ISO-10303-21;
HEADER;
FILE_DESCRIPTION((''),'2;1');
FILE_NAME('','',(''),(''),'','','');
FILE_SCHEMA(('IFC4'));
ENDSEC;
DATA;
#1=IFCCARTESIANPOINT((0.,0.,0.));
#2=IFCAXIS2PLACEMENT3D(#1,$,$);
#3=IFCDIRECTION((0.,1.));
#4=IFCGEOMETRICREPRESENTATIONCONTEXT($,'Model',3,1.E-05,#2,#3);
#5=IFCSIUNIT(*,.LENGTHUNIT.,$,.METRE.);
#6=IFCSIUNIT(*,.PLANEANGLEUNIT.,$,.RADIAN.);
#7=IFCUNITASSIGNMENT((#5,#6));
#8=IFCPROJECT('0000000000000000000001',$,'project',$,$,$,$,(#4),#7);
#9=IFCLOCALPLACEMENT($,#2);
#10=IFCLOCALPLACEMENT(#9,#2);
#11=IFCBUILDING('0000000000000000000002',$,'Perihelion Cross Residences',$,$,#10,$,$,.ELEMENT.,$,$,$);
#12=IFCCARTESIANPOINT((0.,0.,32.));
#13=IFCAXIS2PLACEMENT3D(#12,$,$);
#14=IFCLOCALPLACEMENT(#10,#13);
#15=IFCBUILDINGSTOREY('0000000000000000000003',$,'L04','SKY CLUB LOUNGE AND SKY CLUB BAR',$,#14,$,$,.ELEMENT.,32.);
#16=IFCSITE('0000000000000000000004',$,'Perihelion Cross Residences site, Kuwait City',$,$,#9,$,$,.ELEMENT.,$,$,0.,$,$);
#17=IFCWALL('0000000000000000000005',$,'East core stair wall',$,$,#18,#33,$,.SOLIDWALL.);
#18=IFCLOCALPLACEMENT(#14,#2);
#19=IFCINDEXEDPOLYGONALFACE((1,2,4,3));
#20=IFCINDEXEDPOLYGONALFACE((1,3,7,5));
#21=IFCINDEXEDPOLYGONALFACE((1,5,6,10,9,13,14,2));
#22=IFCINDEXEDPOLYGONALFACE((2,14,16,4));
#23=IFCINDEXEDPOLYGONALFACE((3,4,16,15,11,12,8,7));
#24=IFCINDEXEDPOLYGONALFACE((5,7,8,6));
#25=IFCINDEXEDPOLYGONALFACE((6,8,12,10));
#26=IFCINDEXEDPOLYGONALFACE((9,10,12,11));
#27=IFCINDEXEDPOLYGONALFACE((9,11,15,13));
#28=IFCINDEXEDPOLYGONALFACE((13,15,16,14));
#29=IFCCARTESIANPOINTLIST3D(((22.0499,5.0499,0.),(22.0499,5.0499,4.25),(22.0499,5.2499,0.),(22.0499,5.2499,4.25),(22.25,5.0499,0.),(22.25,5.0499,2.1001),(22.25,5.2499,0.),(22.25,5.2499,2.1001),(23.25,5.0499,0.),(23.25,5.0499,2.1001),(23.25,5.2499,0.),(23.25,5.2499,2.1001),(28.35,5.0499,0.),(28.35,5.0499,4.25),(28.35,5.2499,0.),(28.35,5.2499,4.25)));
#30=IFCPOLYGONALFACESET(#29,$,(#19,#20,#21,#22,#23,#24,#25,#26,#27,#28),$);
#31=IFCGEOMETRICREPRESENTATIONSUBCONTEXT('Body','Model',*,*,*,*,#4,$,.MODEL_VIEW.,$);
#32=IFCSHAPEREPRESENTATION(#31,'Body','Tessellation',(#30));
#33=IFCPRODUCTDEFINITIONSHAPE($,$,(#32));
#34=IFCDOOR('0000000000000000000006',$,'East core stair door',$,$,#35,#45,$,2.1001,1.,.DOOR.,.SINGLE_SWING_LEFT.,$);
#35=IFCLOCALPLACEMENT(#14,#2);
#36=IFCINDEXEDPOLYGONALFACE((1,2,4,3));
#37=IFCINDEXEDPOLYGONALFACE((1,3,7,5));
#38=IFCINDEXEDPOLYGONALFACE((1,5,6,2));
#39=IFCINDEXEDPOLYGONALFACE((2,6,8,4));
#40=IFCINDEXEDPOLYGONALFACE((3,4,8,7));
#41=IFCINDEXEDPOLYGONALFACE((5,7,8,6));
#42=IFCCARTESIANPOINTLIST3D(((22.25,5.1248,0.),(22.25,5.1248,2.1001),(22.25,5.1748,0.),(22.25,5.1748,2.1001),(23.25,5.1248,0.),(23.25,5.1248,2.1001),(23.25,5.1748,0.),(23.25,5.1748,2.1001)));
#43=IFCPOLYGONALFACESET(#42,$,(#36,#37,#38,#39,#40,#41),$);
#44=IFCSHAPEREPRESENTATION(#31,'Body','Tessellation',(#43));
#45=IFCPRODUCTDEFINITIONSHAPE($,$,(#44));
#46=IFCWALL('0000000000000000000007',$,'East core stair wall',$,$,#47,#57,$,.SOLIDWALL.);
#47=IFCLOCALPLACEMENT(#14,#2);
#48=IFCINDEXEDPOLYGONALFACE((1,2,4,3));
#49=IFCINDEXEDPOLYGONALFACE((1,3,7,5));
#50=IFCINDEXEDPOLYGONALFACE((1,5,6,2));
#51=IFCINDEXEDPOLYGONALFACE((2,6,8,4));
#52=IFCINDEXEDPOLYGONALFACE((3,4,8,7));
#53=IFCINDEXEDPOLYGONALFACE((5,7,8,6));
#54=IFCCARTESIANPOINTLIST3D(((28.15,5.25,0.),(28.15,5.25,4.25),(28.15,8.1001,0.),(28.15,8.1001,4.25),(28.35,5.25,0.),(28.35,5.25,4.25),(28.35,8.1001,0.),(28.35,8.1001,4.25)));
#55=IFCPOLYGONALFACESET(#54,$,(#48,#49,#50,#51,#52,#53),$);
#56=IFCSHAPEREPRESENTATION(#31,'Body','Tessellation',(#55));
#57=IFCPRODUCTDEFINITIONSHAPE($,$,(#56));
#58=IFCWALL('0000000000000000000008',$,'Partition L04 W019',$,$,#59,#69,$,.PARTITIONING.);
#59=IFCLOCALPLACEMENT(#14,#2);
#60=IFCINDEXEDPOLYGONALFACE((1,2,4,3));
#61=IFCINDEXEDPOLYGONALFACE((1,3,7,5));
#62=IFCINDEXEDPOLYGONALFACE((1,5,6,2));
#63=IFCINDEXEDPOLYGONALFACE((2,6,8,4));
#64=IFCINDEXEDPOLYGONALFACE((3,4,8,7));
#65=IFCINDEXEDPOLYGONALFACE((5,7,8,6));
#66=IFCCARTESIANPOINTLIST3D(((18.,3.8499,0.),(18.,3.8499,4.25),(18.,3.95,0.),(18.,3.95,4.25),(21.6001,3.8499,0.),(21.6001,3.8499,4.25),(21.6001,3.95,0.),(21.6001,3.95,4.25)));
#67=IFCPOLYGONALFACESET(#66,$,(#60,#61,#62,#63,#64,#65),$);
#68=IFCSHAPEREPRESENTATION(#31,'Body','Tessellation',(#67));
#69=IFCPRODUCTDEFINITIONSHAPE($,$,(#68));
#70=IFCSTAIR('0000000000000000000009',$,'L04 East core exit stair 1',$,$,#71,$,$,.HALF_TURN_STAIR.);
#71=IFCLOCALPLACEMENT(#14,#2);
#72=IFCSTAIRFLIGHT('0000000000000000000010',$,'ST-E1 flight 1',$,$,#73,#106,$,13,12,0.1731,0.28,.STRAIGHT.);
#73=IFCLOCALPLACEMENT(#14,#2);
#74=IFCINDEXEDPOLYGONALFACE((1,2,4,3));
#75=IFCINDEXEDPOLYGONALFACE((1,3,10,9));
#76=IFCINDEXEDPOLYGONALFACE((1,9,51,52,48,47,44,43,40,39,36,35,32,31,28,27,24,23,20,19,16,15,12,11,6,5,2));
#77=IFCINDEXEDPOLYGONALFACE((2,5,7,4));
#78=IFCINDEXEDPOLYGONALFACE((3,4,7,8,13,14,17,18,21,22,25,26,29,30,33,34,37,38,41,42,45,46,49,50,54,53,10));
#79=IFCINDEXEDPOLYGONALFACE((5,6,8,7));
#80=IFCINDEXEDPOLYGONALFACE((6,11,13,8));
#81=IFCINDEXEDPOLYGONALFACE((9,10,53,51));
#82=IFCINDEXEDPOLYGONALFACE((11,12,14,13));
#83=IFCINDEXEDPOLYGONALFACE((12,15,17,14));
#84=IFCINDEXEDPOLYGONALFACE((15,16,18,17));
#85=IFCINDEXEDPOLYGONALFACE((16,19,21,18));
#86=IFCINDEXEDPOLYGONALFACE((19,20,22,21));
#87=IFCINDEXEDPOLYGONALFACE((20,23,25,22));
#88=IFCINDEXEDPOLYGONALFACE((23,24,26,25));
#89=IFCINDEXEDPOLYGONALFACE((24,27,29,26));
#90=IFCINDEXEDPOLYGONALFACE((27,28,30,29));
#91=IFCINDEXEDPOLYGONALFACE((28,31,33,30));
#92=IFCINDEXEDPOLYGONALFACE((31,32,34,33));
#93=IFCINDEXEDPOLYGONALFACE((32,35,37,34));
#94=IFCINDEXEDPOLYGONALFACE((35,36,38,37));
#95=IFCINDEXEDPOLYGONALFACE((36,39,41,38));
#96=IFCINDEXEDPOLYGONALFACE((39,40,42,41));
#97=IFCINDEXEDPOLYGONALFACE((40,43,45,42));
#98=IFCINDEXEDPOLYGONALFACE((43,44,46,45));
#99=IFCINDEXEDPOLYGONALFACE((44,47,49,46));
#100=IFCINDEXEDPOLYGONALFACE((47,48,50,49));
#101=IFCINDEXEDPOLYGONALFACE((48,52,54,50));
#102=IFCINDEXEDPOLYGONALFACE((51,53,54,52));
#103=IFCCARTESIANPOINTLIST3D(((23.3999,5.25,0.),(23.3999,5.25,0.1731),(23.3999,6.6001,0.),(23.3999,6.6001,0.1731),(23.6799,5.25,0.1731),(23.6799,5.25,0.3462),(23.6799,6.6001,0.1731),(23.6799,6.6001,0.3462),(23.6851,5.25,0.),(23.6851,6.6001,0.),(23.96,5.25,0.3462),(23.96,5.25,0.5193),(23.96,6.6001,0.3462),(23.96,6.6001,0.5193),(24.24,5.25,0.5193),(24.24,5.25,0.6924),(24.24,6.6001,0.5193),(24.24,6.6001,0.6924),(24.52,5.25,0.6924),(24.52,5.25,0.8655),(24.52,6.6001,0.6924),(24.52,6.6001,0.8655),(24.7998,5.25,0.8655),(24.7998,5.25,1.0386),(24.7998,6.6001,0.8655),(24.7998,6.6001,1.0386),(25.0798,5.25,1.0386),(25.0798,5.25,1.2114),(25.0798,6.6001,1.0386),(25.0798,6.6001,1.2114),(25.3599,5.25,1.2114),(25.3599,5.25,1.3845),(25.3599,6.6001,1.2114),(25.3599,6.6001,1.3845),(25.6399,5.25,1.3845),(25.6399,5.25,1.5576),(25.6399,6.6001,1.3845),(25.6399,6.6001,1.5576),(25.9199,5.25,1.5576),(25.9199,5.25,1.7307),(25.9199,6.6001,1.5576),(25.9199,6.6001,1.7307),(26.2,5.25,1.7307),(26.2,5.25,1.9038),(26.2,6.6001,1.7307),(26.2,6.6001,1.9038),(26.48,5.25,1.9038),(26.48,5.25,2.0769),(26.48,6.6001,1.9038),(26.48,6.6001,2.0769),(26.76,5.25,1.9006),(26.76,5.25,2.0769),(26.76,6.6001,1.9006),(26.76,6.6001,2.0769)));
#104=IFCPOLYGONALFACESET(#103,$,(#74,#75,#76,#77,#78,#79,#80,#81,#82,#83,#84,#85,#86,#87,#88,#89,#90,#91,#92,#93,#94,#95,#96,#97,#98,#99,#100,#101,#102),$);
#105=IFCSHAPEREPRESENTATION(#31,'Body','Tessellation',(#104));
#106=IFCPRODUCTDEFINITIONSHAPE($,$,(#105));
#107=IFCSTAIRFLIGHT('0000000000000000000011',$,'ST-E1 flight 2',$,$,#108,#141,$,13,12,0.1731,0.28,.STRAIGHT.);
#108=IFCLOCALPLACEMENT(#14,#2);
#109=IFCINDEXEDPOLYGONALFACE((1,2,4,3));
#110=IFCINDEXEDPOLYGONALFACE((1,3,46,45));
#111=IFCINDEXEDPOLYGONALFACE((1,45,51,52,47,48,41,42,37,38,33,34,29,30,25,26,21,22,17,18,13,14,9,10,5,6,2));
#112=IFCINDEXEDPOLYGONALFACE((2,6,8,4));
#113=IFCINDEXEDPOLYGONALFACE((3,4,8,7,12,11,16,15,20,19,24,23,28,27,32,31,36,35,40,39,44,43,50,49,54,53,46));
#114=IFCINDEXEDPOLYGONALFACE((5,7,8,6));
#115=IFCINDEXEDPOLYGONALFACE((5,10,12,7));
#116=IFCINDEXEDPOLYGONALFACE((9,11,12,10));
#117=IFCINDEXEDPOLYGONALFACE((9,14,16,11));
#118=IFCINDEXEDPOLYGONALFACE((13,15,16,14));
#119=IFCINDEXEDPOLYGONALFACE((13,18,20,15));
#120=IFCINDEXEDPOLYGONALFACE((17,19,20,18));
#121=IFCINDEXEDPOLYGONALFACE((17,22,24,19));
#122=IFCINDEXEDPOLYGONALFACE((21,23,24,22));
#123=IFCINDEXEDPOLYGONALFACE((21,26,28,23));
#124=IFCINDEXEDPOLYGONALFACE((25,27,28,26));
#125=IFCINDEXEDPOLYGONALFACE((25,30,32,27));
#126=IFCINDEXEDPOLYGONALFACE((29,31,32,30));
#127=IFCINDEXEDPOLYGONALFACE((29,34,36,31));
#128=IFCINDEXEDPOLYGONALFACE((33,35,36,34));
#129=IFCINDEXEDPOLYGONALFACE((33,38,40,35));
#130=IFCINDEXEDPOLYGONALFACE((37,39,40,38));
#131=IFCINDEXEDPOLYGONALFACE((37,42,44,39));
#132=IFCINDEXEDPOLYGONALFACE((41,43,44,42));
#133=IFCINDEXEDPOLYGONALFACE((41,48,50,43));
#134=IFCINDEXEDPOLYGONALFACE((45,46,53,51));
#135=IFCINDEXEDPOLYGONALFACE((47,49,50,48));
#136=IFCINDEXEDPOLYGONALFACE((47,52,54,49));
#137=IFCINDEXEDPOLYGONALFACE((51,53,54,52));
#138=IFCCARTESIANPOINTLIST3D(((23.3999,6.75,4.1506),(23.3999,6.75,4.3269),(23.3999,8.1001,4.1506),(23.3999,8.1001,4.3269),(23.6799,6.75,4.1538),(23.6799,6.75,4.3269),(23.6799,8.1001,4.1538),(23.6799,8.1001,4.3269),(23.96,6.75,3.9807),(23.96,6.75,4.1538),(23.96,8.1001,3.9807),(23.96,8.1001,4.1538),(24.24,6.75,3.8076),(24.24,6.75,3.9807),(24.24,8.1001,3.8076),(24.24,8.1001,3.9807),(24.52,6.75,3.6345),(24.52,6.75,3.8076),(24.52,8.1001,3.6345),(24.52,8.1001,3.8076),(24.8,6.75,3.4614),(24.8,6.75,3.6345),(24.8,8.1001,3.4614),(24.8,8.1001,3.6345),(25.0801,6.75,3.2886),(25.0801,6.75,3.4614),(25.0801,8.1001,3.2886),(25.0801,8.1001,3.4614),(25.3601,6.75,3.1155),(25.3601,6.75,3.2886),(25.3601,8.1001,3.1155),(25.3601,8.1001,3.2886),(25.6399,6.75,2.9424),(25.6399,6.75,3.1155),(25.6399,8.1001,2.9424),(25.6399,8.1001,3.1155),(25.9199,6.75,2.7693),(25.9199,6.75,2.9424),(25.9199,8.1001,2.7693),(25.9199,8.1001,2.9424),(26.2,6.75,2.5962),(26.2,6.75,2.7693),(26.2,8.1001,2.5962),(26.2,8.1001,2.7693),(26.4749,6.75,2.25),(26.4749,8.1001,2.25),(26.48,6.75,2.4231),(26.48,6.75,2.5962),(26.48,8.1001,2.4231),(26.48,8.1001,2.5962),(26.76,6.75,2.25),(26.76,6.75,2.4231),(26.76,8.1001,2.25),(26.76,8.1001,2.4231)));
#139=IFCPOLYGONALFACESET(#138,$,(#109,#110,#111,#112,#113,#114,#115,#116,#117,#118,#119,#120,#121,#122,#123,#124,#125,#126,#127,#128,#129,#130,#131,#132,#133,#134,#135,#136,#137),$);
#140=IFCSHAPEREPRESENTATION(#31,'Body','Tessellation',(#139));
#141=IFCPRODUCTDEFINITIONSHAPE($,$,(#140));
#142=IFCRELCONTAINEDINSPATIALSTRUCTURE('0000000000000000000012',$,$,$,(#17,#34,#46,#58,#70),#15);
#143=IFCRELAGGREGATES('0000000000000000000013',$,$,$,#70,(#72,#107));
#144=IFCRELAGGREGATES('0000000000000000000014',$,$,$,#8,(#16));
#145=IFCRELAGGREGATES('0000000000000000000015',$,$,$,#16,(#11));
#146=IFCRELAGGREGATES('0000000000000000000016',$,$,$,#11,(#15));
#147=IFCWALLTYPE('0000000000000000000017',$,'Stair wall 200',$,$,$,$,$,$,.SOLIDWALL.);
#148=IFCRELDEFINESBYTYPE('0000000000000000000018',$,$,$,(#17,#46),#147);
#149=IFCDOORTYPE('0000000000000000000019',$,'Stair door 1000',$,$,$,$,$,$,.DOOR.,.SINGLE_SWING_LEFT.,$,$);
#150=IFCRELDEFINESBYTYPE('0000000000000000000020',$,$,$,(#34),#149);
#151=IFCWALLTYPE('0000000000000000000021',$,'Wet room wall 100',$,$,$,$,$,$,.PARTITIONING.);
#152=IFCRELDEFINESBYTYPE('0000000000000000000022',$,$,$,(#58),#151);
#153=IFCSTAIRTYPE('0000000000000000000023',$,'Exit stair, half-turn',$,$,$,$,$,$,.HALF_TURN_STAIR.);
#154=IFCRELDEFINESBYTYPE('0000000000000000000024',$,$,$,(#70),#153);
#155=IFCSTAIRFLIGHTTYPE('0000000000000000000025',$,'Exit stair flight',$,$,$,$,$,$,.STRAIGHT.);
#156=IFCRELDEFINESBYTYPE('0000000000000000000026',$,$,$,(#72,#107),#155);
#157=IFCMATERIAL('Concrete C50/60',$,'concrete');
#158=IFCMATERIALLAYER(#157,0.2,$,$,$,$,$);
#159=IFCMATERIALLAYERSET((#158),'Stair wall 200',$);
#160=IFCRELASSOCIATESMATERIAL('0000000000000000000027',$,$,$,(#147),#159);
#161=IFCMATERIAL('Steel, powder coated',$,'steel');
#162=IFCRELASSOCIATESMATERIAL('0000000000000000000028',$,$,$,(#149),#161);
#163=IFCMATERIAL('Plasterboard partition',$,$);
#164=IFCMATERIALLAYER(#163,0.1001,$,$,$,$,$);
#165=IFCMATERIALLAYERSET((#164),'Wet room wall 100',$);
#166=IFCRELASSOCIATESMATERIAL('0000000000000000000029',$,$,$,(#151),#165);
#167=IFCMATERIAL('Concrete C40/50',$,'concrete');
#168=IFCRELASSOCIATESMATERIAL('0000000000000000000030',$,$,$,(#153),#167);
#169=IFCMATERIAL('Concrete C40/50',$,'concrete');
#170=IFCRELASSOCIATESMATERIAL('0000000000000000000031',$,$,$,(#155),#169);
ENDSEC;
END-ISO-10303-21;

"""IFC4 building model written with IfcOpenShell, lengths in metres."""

from ifc_helpers import new_model, si_unit, direction, frame, frame_2d, origin, place, context, subcontext, project, spatial, polyline, rectangle, outline, extrude, material, layer, layer_set, type_object, element, fill, aggregate, save


model = new_model("IFC4")

# Units and contexts
model_context = context("Model", 3, precision=1e-05, world=origin(), true_north=direction((0.0, 1.0)))
body_context = subcontext(model_context, "Body", "Model", "MODEL_VIEW")
ifc_project = project(units=[si_unit("LENGTHUNIT", "METRE"), si_unit("PLANEANGLEUNIT", "RADIAN")], contexts=[model_context])

# Site, building, storey
site_placement = place(None, origin())
site = spatial("IfcSite", under=ifc_project, at=site_placement, Name="Perihelion Cross Residences site, Kuwait City", CompositionType="ELEMENT", RefElevation=0.0)
building_placement = place(site_placement, origin())
building = spatial("IfcBuilding", under=site, at=building_placement, Name="Perihelion Cross Residences", CompositionType="ELEMENT")
storey_placement = place(building_placement, frame((0.0, 0.0, 32.0)))
storey = spatial("IfcBuildingStorey", under=building, at=storey_placement, Name="L04", Description="SKY CLUB LOUNGE AND SKY CLUB BAR", CompositionType="ELEMENT", Elevation=32.0)

# Wall, opening, door
ifc_material_1 = material(Name="Concrete C50/60", Category="concrete")
ifc_layer_1 = layer(ifc_material_1, 0.2)
ifc_layer_set_1 = layer_set([ifc_layer_1], Name="Stair wall 200")
wall_type_1 = type_object("IfcWallType", Name="Stair wall 200", PredefinedType="SOLIDWALL", material=ifc_layer_set_1)
wall_1_placement = place(storey_placement, frame((22.05, 5.1499, 0.0), z_axis=(0.0, 0.0, 1.0), x_axis=(1.0, 0.0, 0.0)))
wall_1 = element("IfcWall", 1, at=wall_1_placement, inside=storey, type_object=wall_type_1, Name="East core stair wall", PredefinedType="SOLIDWALL", context=body_context, shape_type="SweptSolid", body=[
    extrude(rectangle(XDim=6.3, YDim=0.2, at=frame_2d((3.1499, 0.0))), origin(), (0.0, 0.0, 1.0), 4.25),
])
opening_1_placement = place(wall_1_placement, frame((0.2, 0.0, 0.0)))
opening_1 = element("IfcOpeningElement", 2, at=opening_1_placement, cuts=wall_1, PredefinedType="OPENING", context=body_context, shape_type="SweptSolid", body=[
    extrude(rectangle(XDim=1.0, YDim=2.1001, at=frame_2d((0.5, 1.05))), frame((0.0, 0.1099, 0.0), z_axis=(0.0, -1.0, 0.0), x_axis=(1.0, 0.0, 0.0)), (0.0, 0.0, 1.0), 0.22),
])
ifc_material_2 = material(Name="Steel, powder coated", Category="steel")
door_type_1 = type_object("IfcDoorType", Name="Stair door 1000", OperationType="SINGLE_SWING_LEFT", PredefinedType="DOOR", material=ifc_material_2)
door_1_placement = place(opening_1_placement, origin())
door_1 = element("IfcDoor", 3, at=door_1_placement, inside=storey, type_object=door_type_1, Name="East core stair door", OperationType="SINGLE_SWING_LEFT", OverallHeight=2.1001, OverallWidth=1.0, PredefinedType="DOOR", context=body_context, shape_type="SweptSolid", body=[
    extrude(rectangle(XDim=1.0, YDim=2.1001, at=frame_2d((0.5, 1.05))), frame((0.0, 0.0249, 0.0), z_axis=(0.0, -1.0, 0.0), x_axis=(1.0, 0.0, 0.0)), (0.0, 0.0, 1.0), 0.05),
])
fill(opening_1, door_1)

# Walls
wall_2_placement = place(storey_placement, frame((28.25, 5.25, 0.0), z_axis=(0.0, 0.0, 1.0), x_axis=(0.0, 1.0, 0.0)))
element("IfcWall", 4, at=wall_2_placement, inside=storey, type_object=wall_type_1, Name="East core stair wall", PredefinedType="SOLIDWALL", context=body_context, shape_type="SweptSolid", body=[
    extrude(rectangle(XDim=2.8501, YDim=0.2, at=frame_2d((1.425, 0.0))), origin(), (0.0, 0.0, 1.0), 4.25),
])
ifc_material_3 = material(Name="Plasterboard partition")
ifc_layer_2 = layer(ifc_material_3, 0.1001)
ifc_layer_set_2 = layer_set([ifc_layer_2], Name="Wet room wall 100")
wall_type_2 = type_object("IfcWallType", Name="Wet room wall 100", PredefinedType="PARTITIONING", material=ifc_layer_set_2)
wall_3_placement = place(storey_placement, frame((21.6001, 3.8999, 0.0), z_axis=(0.0, 0.0, 1.0), x_axis=(-1.0, 0.0, 0.0)))
element("IfcWall", 5, at=wall_3_placement, inside=storey, type_object=wall_type_2, Name="Partition L04 W019", PredefinedType="PARTITIONING", context=body_context, shape_type="SweptSolid", body=[
    extrude(rectangle(XDim=3.6001, YDim=0.1001, at=frame_2d((1.8, 0.0))), origin(), (0.0, 0.0, 1.0), 4.25),
])

# Stair, stair flights
ifc_material_4 = material(Name="Concrete C40/50", Category="concrete")
stair_type = type_object("IfcStairType", Name="Exit stair, half-turn", PredefinedType="HALF_TURN_STAIR", material=ifc_material_4)
stair_placement = place(storey_placement, origin())
stair = element("IfcStair", 6, at=stair_placement, inside=storey, type_object=stair_type, Name="L04 East core exit stair 1", PredefinedType="HALF_TURN_STAIR")
ifc_material_5 = material(Name="Concrete C40/50", Category="concrete")
stair_flight_type = type_object("IfcStairFlightType", Name="Exit stair flight", PredefinedType="STRAIGHT", material=ifc_material_5)
stair_flight_1_placement = place(storey_placement, frame((23.3999, 5.925, 0.0), z_axis=(0.0, 0.0, 1.0), x_axis=(1.0, 0.0, 0.0)))
stair_flight_1 = element("IfcStairFlight", 7, at=stair_flight_1_placement, type_object=stair_flight_type, Name="ST-E1 flight 1", NumberOfRisers=13, NumberOfTreads=12, PredefinedType="STRAIGHT", RiserHeight=0.1731, TreadLength=0.28, context=body_context, shape_type="SweptSolid", body=[
    extrude(outline(polyline([(0.0, 0.0), (0.0, 0.1731), (0.28, 0.1731), (0.28, 0.3462), (0.5601, 0.3462), (0.5601, 0.5193), (0.8401, 0.5193), (0.8401, 0.6924), (1.1201, 0.6924), (1.1201, 0.8655), (1.3999, 0.8655), (1.3999, 1.0386), (1.6799, 1.0386), (1.6799, 1.2114), (1.96, 1.2114), (1.96, 1.3845), (2.24, 1.3845), (2.24, 1.5576), (2.52, 1.5576), (2.52, 1.7307), (2.8, 1.7307), (2.8, 1.9038), (3.0801, 1.9038), (3.0801, 2.0769), (3.3601, 2.0769), (3.3601, 2.25), (3.3601, 1.9006), (0.2852, 0.0), (0.0, 0.0)])), frame((0.0, 0.675, 0.0), z_axis=(0.0, -1.0, 0.0), x_axis=(1.0, 0.0, 0.0)), (0.0, 0.0, 1.0), 1.3501),
])
stair_flight_2_placement = place(storey_placement, frame((26.76, 7.425, 2.25), z_axis=(0.0, 0.0, 1.0), x_axis=(-1.0, 0.0, 0.0)))
stair_flight_2 = element("IfcStairFlight", 8, at=stair_flight_2_placement, type_object=stair_flight_type, Name="ST-E1 flight 2", NumberOfRisers=13, NumberOfTreads=12, PredefinedType="STRAIGHT", RiserHeight=0.1731, TreadLength=0.28, context=body_context, shape_type="SweptSolid", body=[
    extrude(outline(polyline([(0.0, 0.0), (0.0, 0.1731), (0.28, 0.1731), (0.28, 0.3462), (0.5601, 0.3462), (0.5601, 0.5193), (0.8401, 0.5193), (0.8401, 0.6924), (1.1201, 0.6924), (1.1201, 0.8655), (1.3999, 0.8655), (1.3999, 1.0386), (1.6799, 1.0386), (1.6799, 1.2114), (1.96, 1.2114), (1.96, 1.3845), (2.24, 1.3845), (2.24, 1.5576), (2.52, 1.5576), (2.52, 1.7307), (2.8, 1.7307), (2.8, 1.9038), (3.0801, 1.9038), (3.0801, 2.0769), (3.3601, 2.0769), (3.3601, 2.25), (3.3601, 1.9006), (0.2852, 0.0), (0.0, 0.0)])), frame((0.0, 0.675, 0.0), z_axis=(0.0, -1.0, 0.0), x_axis=(1.0, 0.0, 0.0)), (0.0, 0.0, 1.0), 1.3501),
])
aggregate(stair, [stair_flight_1, stair_flight_2])

save(model, "model.ifc")
